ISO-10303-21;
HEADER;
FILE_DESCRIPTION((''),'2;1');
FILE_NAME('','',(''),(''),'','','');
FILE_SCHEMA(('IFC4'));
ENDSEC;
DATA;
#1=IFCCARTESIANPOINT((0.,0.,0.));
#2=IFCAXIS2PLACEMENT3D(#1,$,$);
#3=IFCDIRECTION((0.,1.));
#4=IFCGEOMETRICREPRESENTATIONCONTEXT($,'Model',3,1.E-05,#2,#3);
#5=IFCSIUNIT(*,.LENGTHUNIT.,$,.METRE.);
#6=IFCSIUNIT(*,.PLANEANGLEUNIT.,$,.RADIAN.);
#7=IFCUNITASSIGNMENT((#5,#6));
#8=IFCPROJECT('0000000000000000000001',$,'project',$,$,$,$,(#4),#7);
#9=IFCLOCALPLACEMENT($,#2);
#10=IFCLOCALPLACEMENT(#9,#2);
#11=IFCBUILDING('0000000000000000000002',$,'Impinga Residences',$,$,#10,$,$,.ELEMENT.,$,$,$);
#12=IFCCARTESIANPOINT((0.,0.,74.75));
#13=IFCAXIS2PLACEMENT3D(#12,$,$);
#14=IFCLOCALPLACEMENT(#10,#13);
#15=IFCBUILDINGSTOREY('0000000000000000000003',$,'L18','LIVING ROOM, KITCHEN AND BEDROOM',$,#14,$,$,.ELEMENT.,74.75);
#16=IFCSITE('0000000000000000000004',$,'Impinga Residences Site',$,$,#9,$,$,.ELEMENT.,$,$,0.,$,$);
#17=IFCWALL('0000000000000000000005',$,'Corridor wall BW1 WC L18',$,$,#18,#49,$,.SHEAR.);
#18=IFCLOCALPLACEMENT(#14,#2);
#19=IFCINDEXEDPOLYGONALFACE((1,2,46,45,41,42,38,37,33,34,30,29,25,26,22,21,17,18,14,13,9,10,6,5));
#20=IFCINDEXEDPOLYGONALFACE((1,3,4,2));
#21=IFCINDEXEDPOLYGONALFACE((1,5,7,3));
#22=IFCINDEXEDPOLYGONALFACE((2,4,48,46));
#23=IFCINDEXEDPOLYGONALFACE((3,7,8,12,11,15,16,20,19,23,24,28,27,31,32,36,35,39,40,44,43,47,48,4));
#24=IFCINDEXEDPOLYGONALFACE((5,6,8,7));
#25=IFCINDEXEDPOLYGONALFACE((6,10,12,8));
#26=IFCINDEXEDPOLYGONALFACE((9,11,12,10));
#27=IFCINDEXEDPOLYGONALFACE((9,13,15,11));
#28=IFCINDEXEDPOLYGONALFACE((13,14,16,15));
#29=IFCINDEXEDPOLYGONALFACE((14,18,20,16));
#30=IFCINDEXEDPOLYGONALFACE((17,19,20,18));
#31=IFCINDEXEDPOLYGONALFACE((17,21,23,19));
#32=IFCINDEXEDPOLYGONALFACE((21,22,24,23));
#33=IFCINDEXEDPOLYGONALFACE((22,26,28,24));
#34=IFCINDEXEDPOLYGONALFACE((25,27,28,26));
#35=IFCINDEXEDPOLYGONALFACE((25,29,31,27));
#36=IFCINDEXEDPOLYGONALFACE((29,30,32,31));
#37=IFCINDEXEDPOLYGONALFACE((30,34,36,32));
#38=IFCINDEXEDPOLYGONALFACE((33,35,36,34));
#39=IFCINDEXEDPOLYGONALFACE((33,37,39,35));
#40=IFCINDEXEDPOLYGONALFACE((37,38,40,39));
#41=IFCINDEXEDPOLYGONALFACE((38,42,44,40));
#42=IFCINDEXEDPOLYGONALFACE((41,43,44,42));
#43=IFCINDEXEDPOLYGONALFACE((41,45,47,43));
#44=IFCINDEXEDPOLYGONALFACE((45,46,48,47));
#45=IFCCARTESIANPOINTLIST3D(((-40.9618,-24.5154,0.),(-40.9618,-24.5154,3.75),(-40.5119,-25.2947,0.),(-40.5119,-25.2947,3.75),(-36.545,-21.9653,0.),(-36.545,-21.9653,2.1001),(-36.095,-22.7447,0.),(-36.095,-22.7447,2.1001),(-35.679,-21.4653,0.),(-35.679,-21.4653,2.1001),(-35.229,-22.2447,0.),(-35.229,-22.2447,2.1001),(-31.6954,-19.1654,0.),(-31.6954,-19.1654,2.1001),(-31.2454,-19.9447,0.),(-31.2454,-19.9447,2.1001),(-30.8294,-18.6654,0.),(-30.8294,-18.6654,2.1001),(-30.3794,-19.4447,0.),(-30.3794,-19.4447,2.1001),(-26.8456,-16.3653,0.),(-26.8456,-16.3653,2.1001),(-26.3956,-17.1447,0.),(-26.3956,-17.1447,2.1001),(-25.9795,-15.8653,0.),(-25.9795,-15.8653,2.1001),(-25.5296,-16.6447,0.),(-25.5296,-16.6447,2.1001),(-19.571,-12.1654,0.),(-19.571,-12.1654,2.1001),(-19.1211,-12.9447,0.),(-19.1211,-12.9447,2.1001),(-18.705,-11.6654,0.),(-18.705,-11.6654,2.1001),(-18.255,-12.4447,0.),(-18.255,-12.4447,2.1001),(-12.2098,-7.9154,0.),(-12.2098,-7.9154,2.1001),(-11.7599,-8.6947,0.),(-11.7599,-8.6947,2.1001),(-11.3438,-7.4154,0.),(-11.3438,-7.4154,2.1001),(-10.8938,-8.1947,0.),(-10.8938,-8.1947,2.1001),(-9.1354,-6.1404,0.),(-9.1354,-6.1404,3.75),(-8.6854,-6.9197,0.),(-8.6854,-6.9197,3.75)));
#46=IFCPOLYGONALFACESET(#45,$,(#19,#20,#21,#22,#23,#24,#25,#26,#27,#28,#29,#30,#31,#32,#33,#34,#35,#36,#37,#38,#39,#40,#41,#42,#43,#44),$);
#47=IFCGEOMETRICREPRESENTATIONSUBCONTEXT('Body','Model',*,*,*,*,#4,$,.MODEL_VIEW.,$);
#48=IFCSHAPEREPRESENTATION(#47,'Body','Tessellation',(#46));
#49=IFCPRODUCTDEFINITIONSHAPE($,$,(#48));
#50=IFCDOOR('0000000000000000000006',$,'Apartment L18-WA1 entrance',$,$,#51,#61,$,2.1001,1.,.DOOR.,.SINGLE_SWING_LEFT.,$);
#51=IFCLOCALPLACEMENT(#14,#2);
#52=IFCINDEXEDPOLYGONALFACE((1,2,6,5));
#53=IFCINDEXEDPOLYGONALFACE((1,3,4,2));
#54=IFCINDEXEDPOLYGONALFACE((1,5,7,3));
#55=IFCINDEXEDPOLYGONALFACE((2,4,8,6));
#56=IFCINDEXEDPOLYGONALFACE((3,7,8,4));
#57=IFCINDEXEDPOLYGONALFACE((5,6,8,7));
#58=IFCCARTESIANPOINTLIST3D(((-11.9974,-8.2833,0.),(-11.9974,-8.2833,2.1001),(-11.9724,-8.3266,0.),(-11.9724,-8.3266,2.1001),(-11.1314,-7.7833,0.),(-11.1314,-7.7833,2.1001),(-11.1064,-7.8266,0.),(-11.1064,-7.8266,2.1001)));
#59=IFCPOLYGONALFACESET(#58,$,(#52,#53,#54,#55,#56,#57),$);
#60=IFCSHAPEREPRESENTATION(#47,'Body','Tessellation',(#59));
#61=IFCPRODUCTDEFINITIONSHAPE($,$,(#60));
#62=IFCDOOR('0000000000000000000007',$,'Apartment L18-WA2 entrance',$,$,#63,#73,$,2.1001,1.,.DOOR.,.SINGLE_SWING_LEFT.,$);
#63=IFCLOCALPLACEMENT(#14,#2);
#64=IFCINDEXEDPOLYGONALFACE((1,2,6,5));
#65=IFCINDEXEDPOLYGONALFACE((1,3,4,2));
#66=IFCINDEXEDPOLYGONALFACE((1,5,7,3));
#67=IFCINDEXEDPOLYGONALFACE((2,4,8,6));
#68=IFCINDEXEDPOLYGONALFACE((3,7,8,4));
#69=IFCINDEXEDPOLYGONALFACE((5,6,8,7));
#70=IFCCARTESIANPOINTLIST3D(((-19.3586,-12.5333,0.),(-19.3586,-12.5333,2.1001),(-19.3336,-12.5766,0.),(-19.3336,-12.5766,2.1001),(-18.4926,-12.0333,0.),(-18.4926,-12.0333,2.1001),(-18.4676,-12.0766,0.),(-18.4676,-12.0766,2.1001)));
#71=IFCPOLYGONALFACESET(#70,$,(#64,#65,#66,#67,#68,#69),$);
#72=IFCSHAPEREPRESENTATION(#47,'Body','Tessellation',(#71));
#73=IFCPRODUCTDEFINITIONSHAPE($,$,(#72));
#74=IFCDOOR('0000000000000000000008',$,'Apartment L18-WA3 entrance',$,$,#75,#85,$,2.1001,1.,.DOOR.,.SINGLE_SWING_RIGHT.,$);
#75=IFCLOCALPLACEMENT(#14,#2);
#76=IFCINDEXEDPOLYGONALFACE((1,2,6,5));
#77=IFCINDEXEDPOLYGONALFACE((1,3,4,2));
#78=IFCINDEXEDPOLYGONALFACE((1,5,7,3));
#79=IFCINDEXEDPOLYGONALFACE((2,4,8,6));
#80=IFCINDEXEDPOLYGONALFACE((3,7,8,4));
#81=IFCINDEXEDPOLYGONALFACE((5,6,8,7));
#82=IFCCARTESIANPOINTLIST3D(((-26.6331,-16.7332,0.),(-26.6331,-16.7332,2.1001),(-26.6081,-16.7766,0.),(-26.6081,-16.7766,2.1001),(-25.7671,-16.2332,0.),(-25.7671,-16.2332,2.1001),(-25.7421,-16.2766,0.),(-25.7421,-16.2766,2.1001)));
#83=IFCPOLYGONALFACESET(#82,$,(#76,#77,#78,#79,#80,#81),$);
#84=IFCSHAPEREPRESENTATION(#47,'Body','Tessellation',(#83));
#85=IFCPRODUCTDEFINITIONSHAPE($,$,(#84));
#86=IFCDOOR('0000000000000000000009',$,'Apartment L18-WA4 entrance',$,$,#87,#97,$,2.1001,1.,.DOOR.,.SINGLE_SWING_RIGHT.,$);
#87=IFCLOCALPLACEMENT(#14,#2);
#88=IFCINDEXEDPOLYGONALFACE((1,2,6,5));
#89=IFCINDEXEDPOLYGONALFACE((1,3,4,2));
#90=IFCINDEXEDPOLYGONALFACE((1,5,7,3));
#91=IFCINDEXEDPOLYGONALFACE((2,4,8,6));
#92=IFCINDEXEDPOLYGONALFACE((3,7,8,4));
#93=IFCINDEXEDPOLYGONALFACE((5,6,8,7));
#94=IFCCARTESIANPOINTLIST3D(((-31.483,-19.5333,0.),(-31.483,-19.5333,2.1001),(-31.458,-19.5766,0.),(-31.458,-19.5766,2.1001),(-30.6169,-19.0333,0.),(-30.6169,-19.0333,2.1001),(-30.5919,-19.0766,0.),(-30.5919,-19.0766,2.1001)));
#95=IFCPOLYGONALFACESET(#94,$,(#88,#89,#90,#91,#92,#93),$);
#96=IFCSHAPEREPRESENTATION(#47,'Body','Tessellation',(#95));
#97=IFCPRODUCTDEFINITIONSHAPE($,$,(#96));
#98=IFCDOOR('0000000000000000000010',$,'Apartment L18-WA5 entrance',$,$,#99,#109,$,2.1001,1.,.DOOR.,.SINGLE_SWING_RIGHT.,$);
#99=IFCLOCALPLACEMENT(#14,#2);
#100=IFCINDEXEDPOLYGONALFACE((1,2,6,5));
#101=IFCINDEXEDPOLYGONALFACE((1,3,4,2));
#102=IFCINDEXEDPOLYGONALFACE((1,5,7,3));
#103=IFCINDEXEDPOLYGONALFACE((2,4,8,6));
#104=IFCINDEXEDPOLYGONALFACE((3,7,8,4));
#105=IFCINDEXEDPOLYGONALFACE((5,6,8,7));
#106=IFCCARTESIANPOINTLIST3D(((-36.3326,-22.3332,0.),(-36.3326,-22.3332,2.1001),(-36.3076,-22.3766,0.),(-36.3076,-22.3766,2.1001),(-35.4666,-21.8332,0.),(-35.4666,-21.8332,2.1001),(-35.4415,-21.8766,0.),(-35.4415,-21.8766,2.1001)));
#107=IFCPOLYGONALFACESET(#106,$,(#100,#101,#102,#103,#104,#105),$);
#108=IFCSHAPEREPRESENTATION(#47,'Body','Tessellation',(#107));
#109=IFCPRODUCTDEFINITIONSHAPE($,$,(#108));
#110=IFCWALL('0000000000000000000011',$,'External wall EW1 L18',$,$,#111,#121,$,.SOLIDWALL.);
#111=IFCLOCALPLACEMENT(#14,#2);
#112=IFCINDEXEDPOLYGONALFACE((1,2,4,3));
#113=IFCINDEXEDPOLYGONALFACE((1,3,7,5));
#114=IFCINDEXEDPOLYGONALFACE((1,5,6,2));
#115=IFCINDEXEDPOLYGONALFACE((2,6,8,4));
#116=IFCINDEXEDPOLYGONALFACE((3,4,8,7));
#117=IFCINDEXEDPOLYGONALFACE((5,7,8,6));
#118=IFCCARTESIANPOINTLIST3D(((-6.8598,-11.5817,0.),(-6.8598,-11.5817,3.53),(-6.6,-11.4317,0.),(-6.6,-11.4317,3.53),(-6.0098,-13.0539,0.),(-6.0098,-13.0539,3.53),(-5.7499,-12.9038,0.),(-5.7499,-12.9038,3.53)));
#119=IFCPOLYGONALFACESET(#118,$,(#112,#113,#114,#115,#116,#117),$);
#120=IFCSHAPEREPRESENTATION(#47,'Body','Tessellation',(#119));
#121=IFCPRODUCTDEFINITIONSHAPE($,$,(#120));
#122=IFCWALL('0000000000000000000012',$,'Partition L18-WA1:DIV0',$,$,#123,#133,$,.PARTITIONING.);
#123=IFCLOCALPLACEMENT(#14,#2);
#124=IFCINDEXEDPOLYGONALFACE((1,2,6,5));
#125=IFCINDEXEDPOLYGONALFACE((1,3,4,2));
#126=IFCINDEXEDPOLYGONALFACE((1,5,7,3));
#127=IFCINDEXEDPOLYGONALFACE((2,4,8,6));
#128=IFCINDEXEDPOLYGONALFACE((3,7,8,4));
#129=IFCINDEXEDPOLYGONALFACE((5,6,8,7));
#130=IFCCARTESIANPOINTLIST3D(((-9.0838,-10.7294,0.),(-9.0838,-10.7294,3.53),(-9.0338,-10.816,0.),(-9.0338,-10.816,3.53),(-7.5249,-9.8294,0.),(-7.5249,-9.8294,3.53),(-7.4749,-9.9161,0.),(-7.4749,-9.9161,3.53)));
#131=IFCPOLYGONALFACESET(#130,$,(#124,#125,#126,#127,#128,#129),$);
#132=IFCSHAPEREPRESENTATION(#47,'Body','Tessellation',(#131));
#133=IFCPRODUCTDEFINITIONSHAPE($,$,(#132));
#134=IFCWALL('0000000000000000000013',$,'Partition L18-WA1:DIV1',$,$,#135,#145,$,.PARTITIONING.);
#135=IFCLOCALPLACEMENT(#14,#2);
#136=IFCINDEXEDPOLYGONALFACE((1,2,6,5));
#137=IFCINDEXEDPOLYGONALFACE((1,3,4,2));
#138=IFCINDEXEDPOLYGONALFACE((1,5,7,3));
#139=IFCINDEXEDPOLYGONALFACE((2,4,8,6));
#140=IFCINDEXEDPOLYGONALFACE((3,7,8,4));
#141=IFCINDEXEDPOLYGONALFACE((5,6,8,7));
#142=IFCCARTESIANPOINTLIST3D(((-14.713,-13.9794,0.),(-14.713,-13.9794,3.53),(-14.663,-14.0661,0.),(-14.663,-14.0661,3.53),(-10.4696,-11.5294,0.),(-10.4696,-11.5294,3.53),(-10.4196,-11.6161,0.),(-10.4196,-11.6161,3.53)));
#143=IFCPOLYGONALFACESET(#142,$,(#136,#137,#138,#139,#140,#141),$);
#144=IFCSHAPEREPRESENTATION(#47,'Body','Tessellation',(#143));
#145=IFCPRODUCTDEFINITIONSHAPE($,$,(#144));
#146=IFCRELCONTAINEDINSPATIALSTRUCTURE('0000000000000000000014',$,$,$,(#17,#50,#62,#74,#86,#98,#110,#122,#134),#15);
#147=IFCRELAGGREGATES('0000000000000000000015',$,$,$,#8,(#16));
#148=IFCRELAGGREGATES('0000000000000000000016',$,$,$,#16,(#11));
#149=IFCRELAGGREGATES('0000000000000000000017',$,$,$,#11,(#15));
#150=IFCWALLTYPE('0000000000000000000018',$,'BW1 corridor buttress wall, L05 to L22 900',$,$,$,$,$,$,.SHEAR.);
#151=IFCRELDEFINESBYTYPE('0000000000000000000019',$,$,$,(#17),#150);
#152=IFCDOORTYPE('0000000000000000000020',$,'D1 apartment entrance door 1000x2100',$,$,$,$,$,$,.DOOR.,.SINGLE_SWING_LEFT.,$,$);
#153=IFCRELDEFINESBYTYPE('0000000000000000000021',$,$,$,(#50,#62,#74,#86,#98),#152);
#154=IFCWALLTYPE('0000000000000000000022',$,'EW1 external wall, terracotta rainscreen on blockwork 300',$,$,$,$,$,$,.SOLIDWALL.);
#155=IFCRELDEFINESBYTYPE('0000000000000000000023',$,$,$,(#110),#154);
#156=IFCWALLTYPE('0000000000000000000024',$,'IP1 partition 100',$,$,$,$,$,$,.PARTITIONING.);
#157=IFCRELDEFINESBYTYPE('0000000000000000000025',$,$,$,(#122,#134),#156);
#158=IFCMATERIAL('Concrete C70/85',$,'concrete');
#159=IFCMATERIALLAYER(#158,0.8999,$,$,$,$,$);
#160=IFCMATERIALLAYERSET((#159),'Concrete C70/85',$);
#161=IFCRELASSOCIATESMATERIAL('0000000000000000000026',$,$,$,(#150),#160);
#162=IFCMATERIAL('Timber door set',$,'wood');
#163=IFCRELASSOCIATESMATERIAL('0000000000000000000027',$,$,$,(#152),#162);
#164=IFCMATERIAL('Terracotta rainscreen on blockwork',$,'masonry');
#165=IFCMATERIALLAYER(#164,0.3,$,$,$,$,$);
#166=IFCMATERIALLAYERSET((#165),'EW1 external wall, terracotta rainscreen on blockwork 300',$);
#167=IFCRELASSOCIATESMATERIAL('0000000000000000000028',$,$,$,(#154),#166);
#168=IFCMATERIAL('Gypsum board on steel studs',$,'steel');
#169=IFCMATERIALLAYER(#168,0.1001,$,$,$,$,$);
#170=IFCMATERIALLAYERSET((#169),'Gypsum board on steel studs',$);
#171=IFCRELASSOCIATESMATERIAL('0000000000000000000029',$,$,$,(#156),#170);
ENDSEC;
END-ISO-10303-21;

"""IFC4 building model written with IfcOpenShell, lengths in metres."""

from ifc_helpers import new_model, si_unit, direction, frame, frame_2d, origin, place, context, subcontext, project, spatial, rectangle, extrude, material, layer, layer_set, type_object, element, fill, save


model = new_model("IFC4")

# Units and contexts
model_context = context("Model", 3, precision=1e-05, world=origin(), true_north=direction((0.0, 1.0)))
body_context = subcontext(model_context, "Body", "Model", "MODEL_VIEW")
ifc_project = project(units=[si_unit("LENGTHUNIT", "METRE"), si_unit("PLANEANGLEUNIT", "RADIAN")], contexts=[model_context])

# Site, building, storey
site_placement = place(None, origin())
site = spatial("IfcSite", under=ifc_project, at=site_placement, Name="Impinga Residences Site", CompositionType="ELEMENT", RefElevation=0.0)
building_placement = place(site_placement, origin())
building = spatial("IfcBuilding", under=site, at=building_placement, Name="Impinga Residences", CompositionType="ELEMENT")
storey_placement = place(building_placement, frame((0.0, 0.0, 74.75)))
storey = spatial("IfcBuildingStorey", under=building, at=storey_placement, Name="L18", Description="LIVING ROOM, KITCHEN AND BEDROOM", CompositionType="ELEMENT", Elevation=74.75)

# Wall, openings, doors
ifc_material_1 = material(Name="Concrete C70/85", Category="concrete")
ifc_layer_1 = layer(ifc_material_1, 0.8999)
ifc_layer_set_1 = layer_set([ifc_layer_1], Name="Concrete C70/85")
wall_type_1 = type_object("IfcWallType", Name="BW1 corridor buttress wall, L05 to L22 900", PredefinedType="SHEAR", material=ifc_layer_set_1)
wall_1_placement = place(storey_placement, frame((-8.9104, -6.53, 0.0), z_axis=(0.0, 0.0, 1.0), x_axis=(-0.866025, -0.5, 0.0)))
wall_1 = element("IfcWall", 1, at=wall_1_placement, inside=storey, type_object=wall_type_1, Name="Corridor wall BW1 WC L18", PredefinedType="SHEAR", context=body_context, shape_type="SweptSolid", body=[
    extrude(rectangle(XDim=36.75, YDim=0.8999, at=frame_2d((18.375, 0.0))), origin(), (0.0, 0.0, 1.0), 3.75),
])
opening_1_placement = place(wall_1_placement, frame((2.55, 0.0, 0.0)))
opening_1 = element("IfcOpeningElement", 2, at=opening_1_placement, cuts=wall_1, PredefinedType="OPENING", context=body_context, shape_type="SweptSolid", body=[
    extrude(rectangle(XDim=1.0, YDim=2.1001, at=frame_2d((0.5, 1.05))), frame((0.0, 0.46, 0.0), z_axis=(0.0, -1.0, 0.0), x_axis=(1.0, 0.0, 0.0)), (0.0, 0.0, 1.0), 0.9199),
])
opening_2_placement = place(wall_1_placement, frame((11.05, 0.0, 0.0)))
opening_2 = element("IfcOpeningElement", 3, at=opening_2_placement, cuts=wall_1, PredefinedType="OPENING", context=body_context, shape_type="SweptSolid", body=[
    extrude(rectangle(XDim=1.0, YDim=2.1001, at=frame_2d((0.5, 1.05))), frame((0.0, 0.46, 0.0), z_axis=(0.0, -1.0, 0.0), x_axis=(1.0, 0.0, 0.0)), (0.0, 0.0, 1.0), 0.9199),
])
opening_3_placement = place(wall_1_placement, frame((19.45, 0.0, 0.0)))
opening_3 = element("IfcOpeningElement", 4, at=opening_3_placement, cuts=wall_1, PredefinedType="OPENING", context=body_context, shape_type="SweptSolid", body=[
    extrude(rectangle(XDim=1.0, YDim=2.1001, at=frame_2d((0.5, 1.05))), frame((0.0, 0.46, 0.0), z_axis=(0.0, -1.0, 0.0), x_axis=(1.0, 0.0, 0.0)), (0.0, 0.0, 1.0), 0.9199),
])
opening_4_placement = place(wall_1_placement, frame((25.05, 0.0, 0.0)))
opening_4 = element("IfcOpeningElement", 5, at=opening_4_placement, cuts=wall_1, PredefinedType="OPENING", context=body_context, shape_type="SweptSolid", body=[
    extrude(rectangle(XDim=1.0, YDim=2.1001, at=frame_2d((0.5, 1.05))), frame((0.0, 0.46, 0.0), z_axis=(0.0, -1.0, 0.0), x_axis=(1.0, 0.0, 0.0)), (0.0, 0.0, 1.0), 0.9199),
])
opening_5_placement = place(wall_1_placement, frame((30.6499, 0.0, 0.0)))
opening_5 = element("IfcOpeningElement", 6, at=opening_5_placement, cuts=wall_1, PredefinedType="OPENING", context=body_context, shape_type="SweptSolid", body=[
    extrude(rectangle(XDim=1.0, YDim=2.1001, at=frame_2d((0.5, 1.05))), frame((0.0, 0.46, 0.0), z_axis=(0.0, -1.0, 0.0), x_axis=(1.0, 0.0, 0.0)), (0.0, 0.0, 1.0), 0.9199),
])
ifc_material_2 = material(Name="Timber door set", Category="wood")
door_type_1 = type_object("IfcDoorType", Name="D1 apartment entrance door 1000x2100", OperationType="SINGLE_SWING_LEFT", PredefinedType="DOOR", material=ifc_material_2)
door_1_placement = place(opening_1_placement, origin())
door_1 = element("IfcDoor", 7, at=door_1_placement, inside=storey, type_object=door_type_1, Name="Apartment L18-WA1 entrance", OperationType="SINGLE_SWING_LEFT", OverallHeight=2.1001, OverallWidth=1.0, PredefinedType="DOOR", context=body_context, shape_type="SweptSolid", body=[
    extrude(rectangle(XDim=1.0, YDim=2.1001, at=frame_2d((0.5, 1.05))), frame((0.0, 0.0249, 0.0), z_axis=(0.0, -1.0, 0.0), x_axis=(1.0, 0.0, 0.0)), (0.0, 0.0, 1.0), 0.05),
])
fill(opening_1, door_1)
door_2_placement = place(opening_2_placement, origin())
door_2 = element("IfcDoor", 8, at=door_2_placement, inside=storey, type_object=door_type_1, Name="Apartment L18-WA2 entrance", OperationType="SINGLE_SWING_LEFT", OverallHeight=2.1001, OverallWidth=1.0, PredefinedType="DOOR", context=body_context, shape_type="SweptSolid", body=[
    extrude(rectangle(XDim=1.0, YDim=2.1001, at=frame_2d((0.5, 1.05))), frame((0.0, 0.0249, 0.0), z_axis=(0.0, -1.0, 0.0), x_axis=(1.0, 0.0, 0.0)), (0.0, 0.0, 1.0), 0.05),
])
fill(opening_2, door_2)
door_3_placement = place(opening_3_placement, origin())
door_3 = element("IfcDoor", 9, at=door_3_placement, inside=storey, type_object=door_type_1, Name="Apartment L18-WA3 entrance", OperationType="SINGLE_SWING_RIGHT", OverallHeight=2.1001, OverallWidth=1.0, PredefinedType="DOOR", context=body_context, shape_type="SweptSolid", body=[
    extrude(rectangle(XDim=1.0, YDim=2.1001, at=frame_2d((0.5, 1.05))), frame((0.0, 0.0249, 0.0), z_axis=(0.0, -1.0, 0.0), x_axis=(1.0, 0.0, 0.0)), (0.0, 0.0, 1.0), 0.05),
])
fill(opening_3, door_3)
door_4_placement = place(opening_4_placement, origin())
door_4 = element("IfcDoor", 10, at=door_4_placement, inside=storey, type_object=door_type_1, Name="Apartment L18-WA4 entrance", OperationType="SINGLE_SWING_RIGHT", OverallHeight=2.1001, OverallWidth=1.0, PredefinedType="DOOR", context=body_context, shape_type="SweptSolid", body=[
    extrude(rectangle(XDim=1.0, YDim=2.1001, at=frame_2d((0.5, 1.05))), frame((0.0, 0.0249, 0.0), z_axis=(0.0, -1.0, 0.0), x_axis=(1.0, 0.0, 0.0)), (0.0, 0.0, 1.0), 0.05),
])
fill(opening_4, door_4)
door_5_placement = place(opening_5_placement, origin())
door_5 = element("IfcDoor", 11, at=door_5_placement, inside=storey, type_object=door_type_1, Name="Apartment L18-WA5 entrance", OperationType="SINGLE_SWING_RIGHT", OverallHeight=2.1001, OverallWidth=1.0, PredefinedType="DOOR", context=body_context, shape_type="SweptSolid", body=[
    extrude(rectangle(XDim=1.0, YDim=2.1001, at=frame_2d((0.5, 1.05))), frame((0.0, 0.0249, 0.0), z_axis=(0.0, -1.0, 0.0), x_axis=(1.0, 0.0, 0.0)), (0.0, 0.0, 1.0), 0.05),
])
fill(opening_5, door_5)

# Walls
ifc_material_3 = material(Name="Terracotta rainscreen on blockwork", Category="masonry")
ifc_layer_2 = layer(ifc_material_3, 0.3)
ifc_layer_set_2 = layer_set([ifc_layer_2], Name="EW1 external wall, terracotta rainscreen on blockwork 300")
wall_type_2 = type_object("IfcWallType", Name="EW1 external wall, terracotta rainscreen on blockwork 300", PredefinedType="SOLIDWALL", material=ifc_layer_set_2)
wall_2_placement = place(storey_placement, frame((-6.73, -11.5066, 0.0), z_axis=(0.0, 0.0, 1.0), x_axis=(0.500062, -0.865989, 0.0)))
element("IfcWall", 12, at=wall_2_placement, inside=storey, type_object=wall_type_2, Name="External wall EW1 L18", PredefinedType="SOLIDWALL", context=body_context, shape_type="SweptSolid", body=[
    extrude(rectangle(XDim=1.7, YDim=0.3, at=frame_2d((0.8501, 0.0))), origin(), (0.0, 0.0, 1.0), 3.53),
])
ifc_material_4 = material(Name="Gypsum board on steel studs", Category="steel")
ifc_layer_3 = layer(ifc_material_4, 0.1001)
ifc_layer_set_3 = layer_set([ifc_layer_3], Name="Gypsum board on steel studs")
wall_type_3 = type_object("IfcWallType", Name="IP1 partition 100", PredefinedType="PARTITIONING", material=ifc_layer_set_3)
wall_3_placement = place(storey_placement, frame((-7.5, -9.8728, 0.0), z_axis=(0.0, 0.0, 1.0), x_axis=(-0.866048, -0.499961, 0.0)))
element("IfcWall", 13, at=wall_3_placement, inside=storey, type_object=wall_type_3, Name="Partition L18-WA1:DIV0", PredefinedType="PARTITIONING", context=body_context, shape_type="SweptSolid", body=[
    extrude(rectangle(XDim=1.8, YDim=0.1001, at=frame_2d((0.8999, 0.0))), origin(), (0.0, 0.0, 1.0), 3.53),
])
wall_4_placement = place(storey_placement, frame((-10.4446, -11.5728, 0.0), z_axis=(0.0, 0.0, 1.0), x_axis=(-0.866024, -0.500003, 0.0)))
element("IfcWall", 14, at=wall_4_placement, inside=storey, type_object=wall_type_3, Name="Partition L18-WA1:DIV1", PredefinedType="PARTITIONING", context=body_context, shape_type="SweptSolid", body=[
    extrude(rectangle(XDim=4.8999, YDim=0.1001, at=frame_2d((2.45, 0.0))), origin(), (0.0, 0.0, 1.0), 3.53),
])

save(model, "model.ifc")
